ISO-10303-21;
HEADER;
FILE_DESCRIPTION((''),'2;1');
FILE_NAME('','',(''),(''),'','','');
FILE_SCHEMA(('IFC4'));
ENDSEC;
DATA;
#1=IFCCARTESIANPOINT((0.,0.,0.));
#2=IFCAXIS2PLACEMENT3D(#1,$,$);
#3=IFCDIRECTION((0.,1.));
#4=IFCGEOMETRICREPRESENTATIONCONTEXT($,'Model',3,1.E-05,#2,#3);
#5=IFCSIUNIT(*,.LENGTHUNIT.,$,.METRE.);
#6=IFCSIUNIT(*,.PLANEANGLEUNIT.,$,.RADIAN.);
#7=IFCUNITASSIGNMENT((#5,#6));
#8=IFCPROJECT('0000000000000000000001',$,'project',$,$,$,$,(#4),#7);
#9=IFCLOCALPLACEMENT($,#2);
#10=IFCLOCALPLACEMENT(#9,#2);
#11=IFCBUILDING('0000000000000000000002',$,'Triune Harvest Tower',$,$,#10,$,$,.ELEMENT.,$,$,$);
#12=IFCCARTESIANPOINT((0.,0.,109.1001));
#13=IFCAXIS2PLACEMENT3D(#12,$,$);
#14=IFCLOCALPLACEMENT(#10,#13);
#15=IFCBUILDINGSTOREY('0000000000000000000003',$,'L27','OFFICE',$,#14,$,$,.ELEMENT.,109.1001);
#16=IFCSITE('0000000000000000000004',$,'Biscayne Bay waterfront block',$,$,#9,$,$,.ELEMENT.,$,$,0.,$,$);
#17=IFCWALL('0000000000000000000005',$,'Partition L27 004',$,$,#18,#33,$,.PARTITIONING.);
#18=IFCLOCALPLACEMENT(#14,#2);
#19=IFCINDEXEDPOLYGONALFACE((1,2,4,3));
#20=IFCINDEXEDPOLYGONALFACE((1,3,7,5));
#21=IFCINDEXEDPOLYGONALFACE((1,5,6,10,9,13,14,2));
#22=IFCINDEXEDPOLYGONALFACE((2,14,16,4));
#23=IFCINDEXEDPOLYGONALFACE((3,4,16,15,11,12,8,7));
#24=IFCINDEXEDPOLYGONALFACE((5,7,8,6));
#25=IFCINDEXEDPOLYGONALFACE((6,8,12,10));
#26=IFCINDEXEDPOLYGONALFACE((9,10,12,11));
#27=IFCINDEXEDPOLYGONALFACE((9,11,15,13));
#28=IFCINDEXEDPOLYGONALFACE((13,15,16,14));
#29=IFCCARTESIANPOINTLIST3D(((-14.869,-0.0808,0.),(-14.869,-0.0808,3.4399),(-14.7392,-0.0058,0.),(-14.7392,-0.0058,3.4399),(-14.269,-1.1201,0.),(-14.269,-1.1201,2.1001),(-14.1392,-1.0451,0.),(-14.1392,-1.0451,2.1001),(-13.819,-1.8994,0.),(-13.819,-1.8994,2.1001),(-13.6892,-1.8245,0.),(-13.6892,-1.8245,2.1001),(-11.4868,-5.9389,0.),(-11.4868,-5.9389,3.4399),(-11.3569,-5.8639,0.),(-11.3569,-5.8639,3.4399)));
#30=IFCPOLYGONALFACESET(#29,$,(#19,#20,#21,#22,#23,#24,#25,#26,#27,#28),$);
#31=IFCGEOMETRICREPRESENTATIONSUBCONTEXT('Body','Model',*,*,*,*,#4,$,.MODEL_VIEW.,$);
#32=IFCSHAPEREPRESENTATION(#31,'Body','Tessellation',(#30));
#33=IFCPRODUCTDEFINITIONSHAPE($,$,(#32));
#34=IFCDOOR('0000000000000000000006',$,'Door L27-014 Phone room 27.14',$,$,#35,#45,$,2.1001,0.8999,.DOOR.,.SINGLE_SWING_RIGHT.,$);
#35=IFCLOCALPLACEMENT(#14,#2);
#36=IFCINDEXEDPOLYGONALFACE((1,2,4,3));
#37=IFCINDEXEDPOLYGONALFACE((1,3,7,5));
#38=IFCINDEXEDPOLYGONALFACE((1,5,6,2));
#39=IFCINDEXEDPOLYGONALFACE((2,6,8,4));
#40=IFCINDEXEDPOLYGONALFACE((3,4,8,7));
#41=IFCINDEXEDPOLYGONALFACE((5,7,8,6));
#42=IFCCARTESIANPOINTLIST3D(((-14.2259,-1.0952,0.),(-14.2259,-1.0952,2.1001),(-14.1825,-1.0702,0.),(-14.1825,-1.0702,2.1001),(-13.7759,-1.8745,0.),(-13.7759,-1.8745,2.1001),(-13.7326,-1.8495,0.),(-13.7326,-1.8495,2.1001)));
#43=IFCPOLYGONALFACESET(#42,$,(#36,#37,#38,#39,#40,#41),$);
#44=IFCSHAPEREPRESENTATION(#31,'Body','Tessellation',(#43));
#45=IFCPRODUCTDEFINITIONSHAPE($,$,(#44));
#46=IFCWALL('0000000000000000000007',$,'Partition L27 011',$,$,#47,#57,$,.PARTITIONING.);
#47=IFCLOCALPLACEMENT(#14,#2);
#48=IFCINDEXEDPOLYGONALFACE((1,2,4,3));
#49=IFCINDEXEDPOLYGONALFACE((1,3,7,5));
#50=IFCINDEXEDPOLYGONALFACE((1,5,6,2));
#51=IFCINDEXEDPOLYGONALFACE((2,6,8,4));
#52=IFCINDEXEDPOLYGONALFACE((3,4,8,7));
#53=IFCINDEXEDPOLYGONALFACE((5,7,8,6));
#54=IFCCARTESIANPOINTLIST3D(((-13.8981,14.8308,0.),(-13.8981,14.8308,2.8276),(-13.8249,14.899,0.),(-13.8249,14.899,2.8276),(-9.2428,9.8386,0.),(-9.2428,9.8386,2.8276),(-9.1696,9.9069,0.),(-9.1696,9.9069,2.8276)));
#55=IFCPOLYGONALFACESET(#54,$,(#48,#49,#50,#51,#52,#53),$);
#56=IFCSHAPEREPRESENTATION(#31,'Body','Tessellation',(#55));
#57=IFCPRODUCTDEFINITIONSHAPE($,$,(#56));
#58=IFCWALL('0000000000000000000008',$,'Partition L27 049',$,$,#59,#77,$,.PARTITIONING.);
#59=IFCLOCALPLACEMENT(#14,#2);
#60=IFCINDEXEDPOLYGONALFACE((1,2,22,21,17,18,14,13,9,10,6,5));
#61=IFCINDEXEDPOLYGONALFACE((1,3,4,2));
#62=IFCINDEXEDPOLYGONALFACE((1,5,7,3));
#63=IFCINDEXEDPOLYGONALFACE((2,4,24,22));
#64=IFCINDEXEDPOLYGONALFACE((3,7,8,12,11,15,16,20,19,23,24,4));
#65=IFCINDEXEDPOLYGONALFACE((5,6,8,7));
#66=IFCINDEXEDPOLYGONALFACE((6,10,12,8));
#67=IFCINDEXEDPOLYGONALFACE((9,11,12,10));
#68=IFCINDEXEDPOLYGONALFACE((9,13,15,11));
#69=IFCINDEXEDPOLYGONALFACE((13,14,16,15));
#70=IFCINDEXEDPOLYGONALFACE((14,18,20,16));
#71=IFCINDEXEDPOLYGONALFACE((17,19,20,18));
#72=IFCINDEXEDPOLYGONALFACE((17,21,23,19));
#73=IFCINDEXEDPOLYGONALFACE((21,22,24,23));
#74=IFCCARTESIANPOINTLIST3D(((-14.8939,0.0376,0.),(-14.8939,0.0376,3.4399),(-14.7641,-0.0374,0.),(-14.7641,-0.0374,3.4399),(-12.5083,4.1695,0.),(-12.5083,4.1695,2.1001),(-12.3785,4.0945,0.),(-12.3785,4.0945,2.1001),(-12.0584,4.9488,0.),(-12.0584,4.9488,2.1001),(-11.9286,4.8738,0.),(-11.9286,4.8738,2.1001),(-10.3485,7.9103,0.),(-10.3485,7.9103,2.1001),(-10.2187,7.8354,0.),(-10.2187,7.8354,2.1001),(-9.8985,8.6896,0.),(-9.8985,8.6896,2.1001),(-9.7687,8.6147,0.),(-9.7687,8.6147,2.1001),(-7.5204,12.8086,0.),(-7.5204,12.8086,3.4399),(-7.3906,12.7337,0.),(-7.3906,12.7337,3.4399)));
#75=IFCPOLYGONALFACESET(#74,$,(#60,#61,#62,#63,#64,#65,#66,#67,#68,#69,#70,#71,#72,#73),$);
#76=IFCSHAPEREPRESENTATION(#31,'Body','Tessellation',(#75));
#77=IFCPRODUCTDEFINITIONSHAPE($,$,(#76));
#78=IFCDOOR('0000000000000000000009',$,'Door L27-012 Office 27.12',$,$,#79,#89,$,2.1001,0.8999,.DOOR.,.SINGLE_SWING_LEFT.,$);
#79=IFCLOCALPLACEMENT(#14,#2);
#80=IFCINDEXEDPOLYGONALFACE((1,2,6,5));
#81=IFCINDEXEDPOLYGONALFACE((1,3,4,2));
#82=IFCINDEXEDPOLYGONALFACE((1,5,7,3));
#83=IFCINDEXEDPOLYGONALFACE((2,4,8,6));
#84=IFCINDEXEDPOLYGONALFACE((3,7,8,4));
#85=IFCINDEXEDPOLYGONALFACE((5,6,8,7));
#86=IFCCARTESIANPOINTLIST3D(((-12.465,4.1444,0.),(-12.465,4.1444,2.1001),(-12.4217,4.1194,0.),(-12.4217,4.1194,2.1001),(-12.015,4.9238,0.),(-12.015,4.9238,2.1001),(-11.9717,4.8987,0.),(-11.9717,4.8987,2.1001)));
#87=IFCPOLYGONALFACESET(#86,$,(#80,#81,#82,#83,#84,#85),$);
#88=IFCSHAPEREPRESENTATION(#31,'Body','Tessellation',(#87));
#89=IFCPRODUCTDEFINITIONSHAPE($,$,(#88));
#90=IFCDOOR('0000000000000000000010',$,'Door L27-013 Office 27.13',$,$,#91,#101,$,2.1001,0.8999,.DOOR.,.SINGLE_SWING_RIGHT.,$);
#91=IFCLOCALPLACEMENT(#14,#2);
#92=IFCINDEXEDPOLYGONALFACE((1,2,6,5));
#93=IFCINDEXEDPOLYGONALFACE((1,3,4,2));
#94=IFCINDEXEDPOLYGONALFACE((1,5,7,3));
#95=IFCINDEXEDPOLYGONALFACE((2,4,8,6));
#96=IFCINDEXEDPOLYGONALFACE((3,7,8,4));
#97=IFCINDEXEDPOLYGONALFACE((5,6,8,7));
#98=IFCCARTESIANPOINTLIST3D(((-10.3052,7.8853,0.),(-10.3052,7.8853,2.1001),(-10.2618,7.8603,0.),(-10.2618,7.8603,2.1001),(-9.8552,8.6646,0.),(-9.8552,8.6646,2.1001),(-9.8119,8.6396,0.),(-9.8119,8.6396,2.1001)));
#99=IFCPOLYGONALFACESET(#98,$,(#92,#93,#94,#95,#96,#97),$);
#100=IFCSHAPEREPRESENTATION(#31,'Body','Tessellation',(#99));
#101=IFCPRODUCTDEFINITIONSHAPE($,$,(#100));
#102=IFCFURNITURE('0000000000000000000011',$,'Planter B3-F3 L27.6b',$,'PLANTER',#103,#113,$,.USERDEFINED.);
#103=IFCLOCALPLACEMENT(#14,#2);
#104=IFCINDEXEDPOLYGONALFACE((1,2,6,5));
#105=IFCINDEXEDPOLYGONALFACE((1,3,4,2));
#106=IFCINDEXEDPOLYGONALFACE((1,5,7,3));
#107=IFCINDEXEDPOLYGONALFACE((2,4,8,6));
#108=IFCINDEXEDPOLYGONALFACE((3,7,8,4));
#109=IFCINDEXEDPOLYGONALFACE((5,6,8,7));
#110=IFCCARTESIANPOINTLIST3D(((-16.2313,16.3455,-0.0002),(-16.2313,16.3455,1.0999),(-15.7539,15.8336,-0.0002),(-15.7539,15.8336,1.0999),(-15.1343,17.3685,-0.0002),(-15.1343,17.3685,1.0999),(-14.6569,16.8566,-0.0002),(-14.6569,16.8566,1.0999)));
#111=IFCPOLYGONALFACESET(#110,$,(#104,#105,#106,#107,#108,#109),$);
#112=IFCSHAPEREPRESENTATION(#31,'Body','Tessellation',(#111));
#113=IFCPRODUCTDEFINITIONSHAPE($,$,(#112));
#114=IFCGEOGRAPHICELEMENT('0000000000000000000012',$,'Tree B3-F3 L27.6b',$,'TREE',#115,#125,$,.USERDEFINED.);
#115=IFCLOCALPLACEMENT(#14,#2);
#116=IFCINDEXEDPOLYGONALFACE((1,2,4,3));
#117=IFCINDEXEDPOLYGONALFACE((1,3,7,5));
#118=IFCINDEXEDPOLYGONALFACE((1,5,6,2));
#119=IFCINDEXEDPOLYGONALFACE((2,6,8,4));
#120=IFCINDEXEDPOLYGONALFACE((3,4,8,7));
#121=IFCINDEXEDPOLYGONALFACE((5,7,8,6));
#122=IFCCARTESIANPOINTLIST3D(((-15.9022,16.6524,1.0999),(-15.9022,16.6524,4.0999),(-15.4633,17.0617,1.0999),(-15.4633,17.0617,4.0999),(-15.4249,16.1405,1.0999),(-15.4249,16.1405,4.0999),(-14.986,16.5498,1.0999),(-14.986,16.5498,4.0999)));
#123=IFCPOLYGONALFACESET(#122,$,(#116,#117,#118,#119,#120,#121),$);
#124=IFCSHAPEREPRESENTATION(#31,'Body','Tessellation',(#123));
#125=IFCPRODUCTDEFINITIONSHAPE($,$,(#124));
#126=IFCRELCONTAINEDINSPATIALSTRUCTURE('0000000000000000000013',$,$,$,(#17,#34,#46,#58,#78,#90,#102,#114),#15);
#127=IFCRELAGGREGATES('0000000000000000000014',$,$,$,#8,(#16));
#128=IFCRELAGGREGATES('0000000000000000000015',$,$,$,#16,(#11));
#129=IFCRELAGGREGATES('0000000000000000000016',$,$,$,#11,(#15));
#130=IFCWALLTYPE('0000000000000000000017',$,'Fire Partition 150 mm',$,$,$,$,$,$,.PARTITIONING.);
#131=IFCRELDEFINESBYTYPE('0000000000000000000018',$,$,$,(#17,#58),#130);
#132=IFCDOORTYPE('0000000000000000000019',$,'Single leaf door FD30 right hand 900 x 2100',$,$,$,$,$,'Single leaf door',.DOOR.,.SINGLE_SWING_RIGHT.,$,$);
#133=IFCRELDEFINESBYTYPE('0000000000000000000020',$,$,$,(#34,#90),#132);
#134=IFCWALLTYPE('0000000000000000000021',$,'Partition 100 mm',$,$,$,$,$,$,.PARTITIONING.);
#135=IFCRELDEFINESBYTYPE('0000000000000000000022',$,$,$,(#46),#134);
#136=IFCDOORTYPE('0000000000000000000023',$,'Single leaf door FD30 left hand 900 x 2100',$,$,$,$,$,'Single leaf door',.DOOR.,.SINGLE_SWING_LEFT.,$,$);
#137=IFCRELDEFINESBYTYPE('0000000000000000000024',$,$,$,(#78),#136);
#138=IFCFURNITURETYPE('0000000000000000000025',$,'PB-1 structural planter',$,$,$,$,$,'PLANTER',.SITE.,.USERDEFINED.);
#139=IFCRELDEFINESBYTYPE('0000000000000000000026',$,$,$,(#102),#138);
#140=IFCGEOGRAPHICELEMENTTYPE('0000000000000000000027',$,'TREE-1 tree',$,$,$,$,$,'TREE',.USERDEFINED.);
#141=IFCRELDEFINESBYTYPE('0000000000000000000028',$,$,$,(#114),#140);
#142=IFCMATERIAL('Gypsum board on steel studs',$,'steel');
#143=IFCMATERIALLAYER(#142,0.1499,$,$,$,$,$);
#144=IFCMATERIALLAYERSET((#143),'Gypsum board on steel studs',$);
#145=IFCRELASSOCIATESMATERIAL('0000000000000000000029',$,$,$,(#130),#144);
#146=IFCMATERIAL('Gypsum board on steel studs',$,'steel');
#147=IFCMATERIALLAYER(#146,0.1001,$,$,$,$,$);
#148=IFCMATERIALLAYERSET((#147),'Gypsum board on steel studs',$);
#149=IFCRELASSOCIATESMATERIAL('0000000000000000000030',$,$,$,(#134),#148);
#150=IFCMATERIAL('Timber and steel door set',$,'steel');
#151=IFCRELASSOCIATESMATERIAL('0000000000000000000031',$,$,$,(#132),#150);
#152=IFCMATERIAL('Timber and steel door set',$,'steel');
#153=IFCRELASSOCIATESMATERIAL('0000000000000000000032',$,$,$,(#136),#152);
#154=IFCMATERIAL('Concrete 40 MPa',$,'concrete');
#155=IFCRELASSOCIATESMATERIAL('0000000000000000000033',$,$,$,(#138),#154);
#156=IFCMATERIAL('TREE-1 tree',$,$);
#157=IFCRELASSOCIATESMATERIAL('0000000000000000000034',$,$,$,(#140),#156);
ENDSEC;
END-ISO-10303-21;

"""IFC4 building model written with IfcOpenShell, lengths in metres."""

from ifc_helpers import new_model, si_unit, direction, frame, frame_2d, origin, origin_2d, place, context, subcontext, project, spatial, rectangle, extrude, source, transform, mapped, material, layer, layer_set, type_object, element, fill, save


model = new_model("IFC4")

# Units and contexts
model_context = context("Model", 3, precision=1e-05, world=origin(), true_north=direction((0.0, 1.0)))
body_context = subcontext(model_context, "Body", "Model", "MODEL_VIEW")
ifc_project = project(units=[si_unit("LENGTHUNIT", "METRE"), si_unit("PLANEANGLEUNIT", "RADIAN")], contexts=[model_context])

# Site, building, storey
site_placement = place(None, origin())
site = spatial("IfcSite", under=ifc_project, at=site_placement, Name="Biscayne Bay waterfront block", CompositionType="ELEMENT", RefElevation=0.0)
building_placement = place(site_placement, origin())
building = spatial("IfcBuilding", under=site, at=building_placement, Name="Triune Harvest Tower", CompositionType="ELEMENT")
storey_placement = place(building_placement, frame((0.0, 0.0, 109.1001)))
storey = spatial("IfcBuildingStorey", under=building, at=storey_placement, Name="L27", Description="OFFICE", CompositionType="ELEMENT", Elevation=109.1001)

# Shared definitions
ifc_material_1 = material(Name="Gypsum board on steel studs", Category="steel")
ifc_layer_1 = layer(ifc_material_1, 0.1499)
ifc_layer_set_1 = layer_set([ifc_layer_1], Name="Gypsum board on steel studs")
wall_type_1 = type_object("IfcWallType", Name="Fire Partition 150 mm", PredefinedType="PARTITIONING", material=ifc_layer_set_1)
ifc_material_2 = material(Name="Gypsum board on steel studs", Category="steel")
ifc_layer_2 = layer(ifc_material_2, 0.1001)
ifc_layer_set_2 = layer_set([ifc_layer_2], Name="Gypsum board on steel studs")
wall_type_2 = type_object("IfcWallType", Name="Partition 100 mm", PredefinedType="PARTITIONING", material=ifc_layer_set_2)

# Wall, opening, door
shared_shape_1 = source(origin(), body_context, "Body", "SweptSolid", [
    extrude(rectangle(XDim=6.7644, YDim=0.1499, at=frame_2d((3.3823, 0.0))), origin(), (0.0, 0.0, 1.0), 3.4399),
])
wall_1_placement = place(storey_placement, frame((-14.8042, -0.0432, 0.0), z_axis=(0.0, 0.0, 1.0), x_axis=(0.500013, -0.866018, 0.0)))
wall_1 = element("IfcWall", 1, at=wall_1_placement, inside=storey, type_object=wall_type_1, Name="Partition L27 004", PredefinedType="PARTITIONING", context=body_context, shape_type="MappedRepresentation", body=[
    mapped(shared_shape_1, transform((0.0, 0.0, 0.0), scale=1.0)),
])
opening_1_placement = place(wall_1_placement, frame((1.2002, 0.0, 0.0)))
opening_1 = element("IfcOpeningElement", 2, at=opening_1_placement, cuts=wall_1, PredefinedType="OPENING", context=body_context, shape_type="SweptSolid", body=[
    extrude(rectangle(XDim=0.8999, YDim=2.1001, at=frame_2d((0.45, 1.05))), frame((0.0, 0.085, 0.0), z_axis=(0.0, -1.0, 0.0), x_axis=(1.0, 0.0, 0.0)), (0.0, 0.0, 1.0), 0.1699),
])
ifc_material_3 = material(Name="Timber and steel door set", Category="steel")
door_type_1 = type_object("IfcDoorType", Name="Single leaf door FD30 right hand 900 x 2100", ElementType="Single leaf door", OperationType="SINGLE_SWING_RIGHT", PredefinedType="DOOR", material=ifc_material_3)
door_1_placement = place(opening_1_placement, origin())
door_1 = element("IfcDoor", 3, at=door_1_placement, inside=storey, type_object=door_type_1, Name="Door L27-014 Phone room 27.14", OperationType="SINGLE_SWING_RIGHT", OverallHeight=2.1001, OverallWidth=0.8999, PredefinedType="DOOR", context=body_context, shape_type="SweptSolid", body=[
    extrude(rectangle(XDim=0.8999, YDim=2.1001, at=frame_2d((0.45, 1.05))), frame((0.0, 0.0249, 0.0), z_axis=(0.0, -1.0, 0.0), x_axis=(1.0, 0.0, 0.0)), (0.0, 0.0, 1.0), 0.05),
])
fill(opening_1, door_1)

# Wall
shared_shape_2 = source(origin(), body_context, "Body", "SweptSolid", [
    extrude(rectangle(XDim=6.8259, YDim=0.1001, at=frame_2d((3.4131, 0.0))), origin(), (0.0, 0.0, 1.0), 2.8276),
])
wall_2_placement = place(storey_placement, frame((-13.8616, 14.865, 0.0), z_axis=(0.0, 0.0, 1.0), x_axis=(0.681997, -0.731355, 0.0)))
element("IfcWall", 4, at=wall_2_placement, inside=storey, type_object=wall_type_2, Name="Partition L27 011", PredefinedType="PARTITIONING", context=body_context, shape_type="MappedRepresentation", body=[
    mapped(shared_shape_2, transform((0.0, 0.0, 0.0), scale=1.0)),
])

# Wall, openings, doors
shared_shape_3 = source(origin(), body_context, "Body", "SweptSolid", [
    extrude(rectangle(XDim=14.7468, YDim=0.1499, at=frame_2d((7.3735, 0.0))), origin(), (0.0, 0.0, 1.0), 3.4399),
])
wall_3_placement = place(storey_placement, frame((-14.8291, 0.0, 0.0), z_axis=(0.0, 0.0, 1.0), x_axis=(0.50001, 0.86602, 0.0)))
wall_3 = element("IfcWall", 5, at=wall_3_placement, inside=storey, type_object=wall_type_1, Name="Partition L27 049", PredefinedType="PARTITIONING", context=body_context, shape_type="MappedRepresentation", body=[
    mapped(shared_shape_3, transform((0.0, 0.0, 0.0), scale=1.0)),
])
opening_2_placement = place(wall_3_placement, frame((4.7712, 0.0, 0.0)))
opening_2 = element("IfcOpeningElement", 6, at=opening_2_placement, cuts=wall_3, PredefinedType="OPENING", context=body_context, shape_type="SweptSolid", body=[
    extrude(rectangle(XDim=0.8999, YDim=2.1001, at=frame_2d((0.45, 1.05))), frame((0.0, 0.085, 0.0), z_axis=(0.0, -1.0, 0.0), x_axis=(1.0, 0.0, 0.0)), (0.0, 0.0, 1.0), 0.1699),
])
opening_3_placement = place(wall_3_placement, frame((9.0908, 0.0, 0.0)))
opening_3 = element("IfcOpeningElement", 7, at=opening_3_placement, cuts=wall_3, PredefinedType="OPENING", context=body_context, shape_type="SweptSolid", body=[
    extrude(rectangle(XDim=0.8999, YDim=2.1001, at=frame_2d((0.45, 1.05))), frame((0.0, 0.085, 0.0), z_axis=(0.0, -1.0, 0.0), x_axis=(1.0, 0.0, 0.0)), (0.0, 0.0, 1.0), 0.1699),
])
ifc_material_4 = material(Name="Timber and steel door set", Category="steel")
door_type_2 = type_object("IfcDoorType", Name="Single leaf door FD30 left hand 900 x 2100", ElementType="Single leaf door", OperationType="SINGLE_SWING_LEFT", PredefinedType="DOOR", material=ifc_material_4)
door_2_placement = place(opening_2_placement, origin())
door_2 = element("IfcDoor", 8, at=door_2_placement, inside=storey, type_object=door_type_2, Name="Door L27-012 Office 27.12", OperationType="SINGLE_SWING_LEFT", OverallHeight=2.1001, OverallWidth=0.8999, PredefinedType="DOOR", context=body_context, shape_type="SweptSolid", body=[
    extrude(rectangle(XDim=0.8999, YDim=2.1001, at=frame_2d((0.45, 1.05))), frame((0.0, 0.0249, 0.0), z_axis=(0.0, -1.0, 0.0), x_axis=(1.0, 0.0, 0.0)), (0.0, 0.0, 1.0), 0.05),
])
fill(opening_2, door_2)
door_3_placement = place(opening_3_placement, origin())
door_3 = element("IfcDoor", 9, at=door_3_placement, inside=storey, type_object=door_type_1, Name="Door L27-013 Office 27.13", OperationType="SINGLE_SWING_RIGHT", OverallHeight=2.1001, OverallWidth=0.8999, PredefinedType="DOOR", context=body_context, shape_type="SweptSolid", body=[
    extrude(rectangle(XDim=0.8999, YDim=2.1001, at=frame_2d((0.45, 1.05))), frame((0.0, 0.0249, 0.0), z_axis=(0.0, -1.0, 0.0), x_axis=(1.0, 0.0, 0.0)), (0.0, 0.0, 1.0), 0.05),
])
fill(opening_3, door_3)

# Furniture
ifc_material_5 = material(Name="Concrete 40 MPa", Category="concrete")
furniture_type = type_object("IfcFurnitureType", Name="PB-1 structural planter", ElementType="PLANTER", AssemblyPlace="SITE", PredefinedType="USERDEFINED", material=ifc_material_5)
shared_shape_4 = source(origin(), body_context, "Body", "SweptSolid", [
    extrude(rectangle(XDim=1.5, YDim=0.7, at=origin_2d()), origin(), (0.0, 0.0, 1.0), 1.1001),
])
furniture_placement = place(storey_placement, frame((-15.4441, 16.6011, -0.0002), z_axis=(0.0, 0.0, 1.0), x_axis=(-0.731353, -0.681999, 0.0)))
element("IfcFurniture", 10, at=furniture_placement, inside=storey, type_object=furniture_type, Name="Planter B3-F3 L27.6b", ObjectType="PLANTER", PredefinedType="USERDEFINED", context=body_context, shape_type="MappedRepresentation", body=[
    mapped(shared_shape_4, transform((0.0, 0.0, 0.0), scale=1.0)),
])

# Geographic element
ifc_material_6 = material(Name="TREE-1 tree")
geographic_element_type = type_object("IfcGeographicElementType", Name="TREE-1 tree", ElementType="TREE", PredefinedType="USERDEFINED", material=ifc_material_6)
shared_shape_5 = source(origin(), body_context, "Body", "SweptSolid", [
    extrude(rectangle(XDim=0.6001, YDim=0.7, at=origin_2d()), origin(), (0.0, 0.0, 1.0), 3.0),
])
geographic_element_placement = place(storey_placement, frame((-15.4441, 16.6011, 1.0999), z_axis=(0.0, 0.0, 1.0), x_axis=(-0.731353, -0.681999, 0.0)))
element("IfcGeographicElement", 11, at=geographic_element_placement, inside=storey, type_object=geographic_element_type, Name="Tree B3-F3 L27.6b", ObjectType="TREE", PredefinedType="USERDEFINED", context=body_context, shape_type="MappedRepresentation", body=[
    mapped(shared_shape_5, transform((0.0, 0.0, 0.0), scale=1.0)),
])

save(model, "model.ifc")
